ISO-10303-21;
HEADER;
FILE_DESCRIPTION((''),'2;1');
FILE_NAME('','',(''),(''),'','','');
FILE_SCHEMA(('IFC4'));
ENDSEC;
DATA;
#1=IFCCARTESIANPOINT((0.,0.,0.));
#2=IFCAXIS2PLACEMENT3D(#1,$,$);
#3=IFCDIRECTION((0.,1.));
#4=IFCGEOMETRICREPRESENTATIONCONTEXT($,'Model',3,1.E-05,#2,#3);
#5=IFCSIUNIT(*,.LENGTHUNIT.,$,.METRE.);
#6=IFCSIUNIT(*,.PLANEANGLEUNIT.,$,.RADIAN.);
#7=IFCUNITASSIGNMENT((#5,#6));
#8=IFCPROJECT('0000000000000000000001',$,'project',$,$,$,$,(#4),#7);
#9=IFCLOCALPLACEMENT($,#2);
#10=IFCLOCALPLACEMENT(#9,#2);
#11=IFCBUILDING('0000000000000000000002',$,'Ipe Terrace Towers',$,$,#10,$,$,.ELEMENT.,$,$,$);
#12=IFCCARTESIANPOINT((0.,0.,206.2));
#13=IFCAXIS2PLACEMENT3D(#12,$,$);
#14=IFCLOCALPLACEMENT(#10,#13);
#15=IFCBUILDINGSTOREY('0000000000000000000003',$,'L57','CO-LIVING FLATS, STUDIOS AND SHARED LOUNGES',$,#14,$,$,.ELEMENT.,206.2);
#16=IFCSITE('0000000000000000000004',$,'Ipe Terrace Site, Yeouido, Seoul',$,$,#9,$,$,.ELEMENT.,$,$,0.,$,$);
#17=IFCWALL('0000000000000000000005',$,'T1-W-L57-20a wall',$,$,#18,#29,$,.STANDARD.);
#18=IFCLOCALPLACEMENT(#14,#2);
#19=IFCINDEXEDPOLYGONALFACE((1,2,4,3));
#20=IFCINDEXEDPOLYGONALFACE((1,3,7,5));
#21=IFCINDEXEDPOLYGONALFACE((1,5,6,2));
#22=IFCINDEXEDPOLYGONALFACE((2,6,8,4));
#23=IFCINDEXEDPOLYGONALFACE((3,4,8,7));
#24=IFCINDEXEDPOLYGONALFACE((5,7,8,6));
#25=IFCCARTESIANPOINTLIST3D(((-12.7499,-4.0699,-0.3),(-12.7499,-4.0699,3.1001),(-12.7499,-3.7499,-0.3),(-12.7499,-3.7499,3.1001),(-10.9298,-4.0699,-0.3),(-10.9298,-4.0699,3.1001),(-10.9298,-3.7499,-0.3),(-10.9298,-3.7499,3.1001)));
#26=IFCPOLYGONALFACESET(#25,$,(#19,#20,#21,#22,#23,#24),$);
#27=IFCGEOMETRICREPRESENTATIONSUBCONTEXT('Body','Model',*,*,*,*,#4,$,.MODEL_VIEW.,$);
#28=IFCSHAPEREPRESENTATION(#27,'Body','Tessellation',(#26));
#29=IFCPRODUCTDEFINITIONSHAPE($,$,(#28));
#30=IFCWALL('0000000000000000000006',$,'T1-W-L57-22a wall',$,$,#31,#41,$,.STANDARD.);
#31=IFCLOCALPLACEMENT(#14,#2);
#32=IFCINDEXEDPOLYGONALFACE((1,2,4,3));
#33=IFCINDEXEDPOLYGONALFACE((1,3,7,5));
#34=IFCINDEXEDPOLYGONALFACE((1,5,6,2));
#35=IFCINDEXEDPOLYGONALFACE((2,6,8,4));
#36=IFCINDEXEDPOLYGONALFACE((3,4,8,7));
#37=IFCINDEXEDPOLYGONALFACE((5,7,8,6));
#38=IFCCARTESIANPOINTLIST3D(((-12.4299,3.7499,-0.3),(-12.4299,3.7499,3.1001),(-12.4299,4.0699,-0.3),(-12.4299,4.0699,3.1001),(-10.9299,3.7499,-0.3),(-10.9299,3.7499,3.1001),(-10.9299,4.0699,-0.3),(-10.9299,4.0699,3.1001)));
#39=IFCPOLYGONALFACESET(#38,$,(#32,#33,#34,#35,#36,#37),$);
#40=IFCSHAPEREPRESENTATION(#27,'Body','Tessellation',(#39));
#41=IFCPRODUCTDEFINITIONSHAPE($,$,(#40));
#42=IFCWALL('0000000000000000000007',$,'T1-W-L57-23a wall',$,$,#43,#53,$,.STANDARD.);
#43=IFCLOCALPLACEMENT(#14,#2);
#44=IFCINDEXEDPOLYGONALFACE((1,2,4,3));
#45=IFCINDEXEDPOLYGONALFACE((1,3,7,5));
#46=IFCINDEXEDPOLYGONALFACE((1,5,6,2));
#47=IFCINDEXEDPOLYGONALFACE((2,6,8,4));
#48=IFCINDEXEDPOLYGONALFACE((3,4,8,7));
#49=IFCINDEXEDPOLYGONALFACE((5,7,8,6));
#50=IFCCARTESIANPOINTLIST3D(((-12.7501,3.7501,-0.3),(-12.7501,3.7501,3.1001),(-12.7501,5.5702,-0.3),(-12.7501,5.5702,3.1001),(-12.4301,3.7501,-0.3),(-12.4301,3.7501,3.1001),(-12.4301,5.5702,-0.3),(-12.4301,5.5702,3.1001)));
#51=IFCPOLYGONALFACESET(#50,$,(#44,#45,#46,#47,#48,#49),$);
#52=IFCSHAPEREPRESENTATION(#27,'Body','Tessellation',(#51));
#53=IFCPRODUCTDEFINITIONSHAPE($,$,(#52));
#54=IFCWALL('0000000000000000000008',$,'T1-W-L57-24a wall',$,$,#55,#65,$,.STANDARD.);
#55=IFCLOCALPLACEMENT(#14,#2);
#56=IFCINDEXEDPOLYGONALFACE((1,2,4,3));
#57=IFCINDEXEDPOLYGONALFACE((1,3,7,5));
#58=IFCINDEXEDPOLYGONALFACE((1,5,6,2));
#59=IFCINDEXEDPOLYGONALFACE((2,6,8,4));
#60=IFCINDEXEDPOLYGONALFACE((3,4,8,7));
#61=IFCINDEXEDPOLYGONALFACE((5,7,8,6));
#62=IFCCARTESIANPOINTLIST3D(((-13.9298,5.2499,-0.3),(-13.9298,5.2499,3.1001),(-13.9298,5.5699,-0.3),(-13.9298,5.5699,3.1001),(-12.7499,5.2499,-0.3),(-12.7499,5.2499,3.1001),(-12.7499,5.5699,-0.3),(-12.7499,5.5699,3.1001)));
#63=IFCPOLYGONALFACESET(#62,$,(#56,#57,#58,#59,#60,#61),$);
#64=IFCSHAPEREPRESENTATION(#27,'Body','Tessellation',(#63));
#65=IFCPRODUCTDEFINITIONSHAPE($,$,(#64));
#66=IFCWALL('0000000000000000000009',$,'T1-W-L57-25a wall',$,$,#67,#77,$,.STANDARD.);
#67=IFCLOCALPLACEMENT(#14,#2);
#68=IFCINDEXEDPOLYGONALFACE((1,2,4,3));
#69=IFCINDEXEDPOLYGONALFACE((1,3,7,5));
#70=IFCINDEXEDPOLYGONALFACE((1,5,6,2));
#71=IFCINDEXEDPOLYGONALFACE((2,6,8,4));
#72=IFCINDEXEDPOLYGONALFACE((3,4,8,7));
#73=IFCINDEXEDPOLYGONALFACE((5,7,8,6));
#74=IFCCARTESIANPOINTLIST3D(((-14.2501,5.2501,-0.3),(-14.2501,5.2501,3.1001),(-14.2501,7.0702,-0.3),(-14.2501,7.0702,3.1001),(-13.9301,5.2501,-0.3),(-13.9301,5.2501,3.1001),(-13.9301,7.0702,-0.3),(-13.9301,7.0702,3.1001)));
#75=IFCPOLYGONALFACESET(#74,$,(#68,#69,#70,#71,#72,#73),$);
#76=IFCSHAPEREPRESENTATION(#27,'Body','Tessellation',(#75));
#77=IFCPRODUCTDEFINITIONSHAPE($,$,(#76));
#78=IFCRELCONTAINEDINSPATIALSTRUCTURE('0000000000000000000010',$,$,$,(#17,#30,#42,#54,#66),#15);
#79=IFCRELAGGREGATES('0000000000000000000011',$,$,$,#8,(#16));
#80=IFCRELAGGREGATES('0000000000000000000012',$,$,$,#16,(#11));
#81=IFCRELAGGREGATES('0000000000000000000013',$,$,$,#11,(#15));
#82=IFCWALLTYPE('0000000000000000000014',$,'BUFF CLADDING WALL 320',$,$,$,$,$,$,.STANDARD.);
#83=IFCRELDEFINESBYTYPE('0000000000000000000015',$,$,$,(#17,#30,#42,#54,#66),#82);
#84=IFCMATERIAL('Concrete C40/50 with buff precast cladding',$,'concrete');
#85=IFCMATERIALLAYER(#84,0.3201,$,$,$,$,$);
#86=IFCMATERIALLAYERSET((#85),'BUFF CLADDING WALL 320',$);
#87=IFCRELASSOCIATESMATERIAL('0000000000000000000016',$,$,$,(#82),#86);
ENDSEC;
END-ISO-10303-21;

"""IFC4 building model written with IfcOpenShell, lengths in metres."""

from ifc_helpers import new_model, si_unit, direction, frame, frame_2d, origin, place, context, subcontext, project, spatial, rectangle, extrude, material, layer, layer_set, type_object, element, save


model = new_model("IFC4")

# Units and contexts
model_context = context("Model", 3, precision=1e-05, world=origin(), true_north=direction((0.0, 1.0)))
body_context = subcontext(model_context, "Body", "Model", "MODEL_VIEW")
ifc_project = project(units=[si_unit("LENGTHUNIT", "METRE"), si_unit("PLANEANGLEUNIT", "RADIAN")], contexts=[model_context])

# Site, building, storey
site_placement = place(None, origin())
site = spatial("IfcSite", under=ifc_project, at=site_placement, Name="Ipe Terrace Site, Yeouido, Seoul", CompositionType="ELEMENT", RefElevation=0.0)
building_placement = place(site_placement, origin())
building = spatial("IfcBuilding", under=site, at=building_placement, Name="Ipe Terrace Towers", CompositionType="ELEMENT")
storey_placement = place(building_placement, frame((0.0, 0.0, 206.2)))
storey = spatial("IfcBuildingStorey", under=building, at=storey_placement, Name="L57", Description="CO-LIVING FLATS, STUDIOS AND SHARED LOUNGES", CompositionType="ELEMENT", Elevation=206.2)

# Walls
ifc_material_1 = material(Name="Concrete C40/50 with buff precast cladding", Category="concrete")
ifc_layer_1 = layer(ifc_material_1, 0.3201)
ifc_layer_set_1 = layer_set([ifc_layer_1], Name="BUFF CLADDING WALL 320")
wall_type = type_object("IfcWallType", Name="BUFF CLADDING WALL 320", PredefinedType="STANDARD", material=ifc_layer_set_1)
wall_1_placement = place(storey_placement, frame((-12.75, -3.9099, -0.3), z_axis=(0.0, 0.0, 1.0), x_axis=(1.0, 0.0, 0.0)))
element("IfcWall", 1, at=wall_1_placement, inside=storey, type_object=wall_type, Name="T1-W-L57-20a wall", PredefinedType="STANDARD", context=body_context, shape_type="SweptSolid", body=[
    extrude(rectangle(XDim=1.8201, YDim=0.3201, at=frame_2d((0.9102, 0.0))), origin(), (0.0, 0.0, 1.0), 3.4001),
])
wall_2_placement = place(storey_placement, frame((-10.9299, 3.9099, -0.3), z_axis=(0.0, 0.0, 1.0), x_axis=(-1.0, 0.0, 0.0)))
element("IfcWall", 2, at=wall_2_placement, inside=storey, type_object=wall_type, Name="T1-W-L57-22a wall", PredefinedType="STANDARD", context=body_context, shape_type="SweptSolid", body=[
    extrude(rectangle(XDim=1.5, YDim=0.3201, at=frame_2d((0.75, 0.0))), origin(), (0.0, 0.0, 1.0), 3.4001),
])
wall_3_placement = place(storey_placement, frame((-12.5901, 3.75, -0.3), z_axis=(0.0, 0.0, 1.0), x_axis=(0.0, 1.0, 0.0)))
element("IfcWall", 3, at=wall_3_placement, inside=storey, type_object=wall_type, Name="T1-W-L57-23a wall", PredefinedType="STANDARD", context=body_context, shape_type="SweptSolid", body=[
    extrude(rectangle(XDim=1.8201, YDim=0.3201, at=frame_2d((0.9102, 0.0))), origin(), (0.0, 0.0, 1.0), 3.4001),
])
wall_4_placement = place(storey_placement, frame((-12.75, 5.4099, -0.3), z_axis=(0.0, 0.0, 1.0), x_axis=(-1.0, 0.0, 0.0)))
element("IfcWall", 4, at=wall_4_placement, inside=storey, type_object=wall_type, Name="T1-W-L57-24a wall", PredefinedType="STANDARD", context=body_context, shape_type="SweptSolid", body=[
    extrude(rectangle(XDim=1.1799, YDim=0.3201, at=frame_2d((0.5898, 0.0))), origin(), (0.0, 0.0, 1.0), 3.4001),
])
wall_5_placement = place(storey_placement, frame((-14.0901, 5.25, -0.3), z_axis=(0.0, 0.0, 1.0), x_axis=(0.0, 1.0, 0.0)))
element("IfcWall", 5, at=wall_5_placement, inside=storey, type_object=wall_type, Name="T1-W-L57-25a wall", PredefinedType="STANDARD", context=body_context, shape_type="SweptSolid", body=[
    extrude(rectangle(XDim=1.8201, YDim=0.3201, at=frame_2d((0.9102, 0.0))), origin(), (0.0, 0.0, 1.0), 3.4001),
])

save(model, "model.ifc")
